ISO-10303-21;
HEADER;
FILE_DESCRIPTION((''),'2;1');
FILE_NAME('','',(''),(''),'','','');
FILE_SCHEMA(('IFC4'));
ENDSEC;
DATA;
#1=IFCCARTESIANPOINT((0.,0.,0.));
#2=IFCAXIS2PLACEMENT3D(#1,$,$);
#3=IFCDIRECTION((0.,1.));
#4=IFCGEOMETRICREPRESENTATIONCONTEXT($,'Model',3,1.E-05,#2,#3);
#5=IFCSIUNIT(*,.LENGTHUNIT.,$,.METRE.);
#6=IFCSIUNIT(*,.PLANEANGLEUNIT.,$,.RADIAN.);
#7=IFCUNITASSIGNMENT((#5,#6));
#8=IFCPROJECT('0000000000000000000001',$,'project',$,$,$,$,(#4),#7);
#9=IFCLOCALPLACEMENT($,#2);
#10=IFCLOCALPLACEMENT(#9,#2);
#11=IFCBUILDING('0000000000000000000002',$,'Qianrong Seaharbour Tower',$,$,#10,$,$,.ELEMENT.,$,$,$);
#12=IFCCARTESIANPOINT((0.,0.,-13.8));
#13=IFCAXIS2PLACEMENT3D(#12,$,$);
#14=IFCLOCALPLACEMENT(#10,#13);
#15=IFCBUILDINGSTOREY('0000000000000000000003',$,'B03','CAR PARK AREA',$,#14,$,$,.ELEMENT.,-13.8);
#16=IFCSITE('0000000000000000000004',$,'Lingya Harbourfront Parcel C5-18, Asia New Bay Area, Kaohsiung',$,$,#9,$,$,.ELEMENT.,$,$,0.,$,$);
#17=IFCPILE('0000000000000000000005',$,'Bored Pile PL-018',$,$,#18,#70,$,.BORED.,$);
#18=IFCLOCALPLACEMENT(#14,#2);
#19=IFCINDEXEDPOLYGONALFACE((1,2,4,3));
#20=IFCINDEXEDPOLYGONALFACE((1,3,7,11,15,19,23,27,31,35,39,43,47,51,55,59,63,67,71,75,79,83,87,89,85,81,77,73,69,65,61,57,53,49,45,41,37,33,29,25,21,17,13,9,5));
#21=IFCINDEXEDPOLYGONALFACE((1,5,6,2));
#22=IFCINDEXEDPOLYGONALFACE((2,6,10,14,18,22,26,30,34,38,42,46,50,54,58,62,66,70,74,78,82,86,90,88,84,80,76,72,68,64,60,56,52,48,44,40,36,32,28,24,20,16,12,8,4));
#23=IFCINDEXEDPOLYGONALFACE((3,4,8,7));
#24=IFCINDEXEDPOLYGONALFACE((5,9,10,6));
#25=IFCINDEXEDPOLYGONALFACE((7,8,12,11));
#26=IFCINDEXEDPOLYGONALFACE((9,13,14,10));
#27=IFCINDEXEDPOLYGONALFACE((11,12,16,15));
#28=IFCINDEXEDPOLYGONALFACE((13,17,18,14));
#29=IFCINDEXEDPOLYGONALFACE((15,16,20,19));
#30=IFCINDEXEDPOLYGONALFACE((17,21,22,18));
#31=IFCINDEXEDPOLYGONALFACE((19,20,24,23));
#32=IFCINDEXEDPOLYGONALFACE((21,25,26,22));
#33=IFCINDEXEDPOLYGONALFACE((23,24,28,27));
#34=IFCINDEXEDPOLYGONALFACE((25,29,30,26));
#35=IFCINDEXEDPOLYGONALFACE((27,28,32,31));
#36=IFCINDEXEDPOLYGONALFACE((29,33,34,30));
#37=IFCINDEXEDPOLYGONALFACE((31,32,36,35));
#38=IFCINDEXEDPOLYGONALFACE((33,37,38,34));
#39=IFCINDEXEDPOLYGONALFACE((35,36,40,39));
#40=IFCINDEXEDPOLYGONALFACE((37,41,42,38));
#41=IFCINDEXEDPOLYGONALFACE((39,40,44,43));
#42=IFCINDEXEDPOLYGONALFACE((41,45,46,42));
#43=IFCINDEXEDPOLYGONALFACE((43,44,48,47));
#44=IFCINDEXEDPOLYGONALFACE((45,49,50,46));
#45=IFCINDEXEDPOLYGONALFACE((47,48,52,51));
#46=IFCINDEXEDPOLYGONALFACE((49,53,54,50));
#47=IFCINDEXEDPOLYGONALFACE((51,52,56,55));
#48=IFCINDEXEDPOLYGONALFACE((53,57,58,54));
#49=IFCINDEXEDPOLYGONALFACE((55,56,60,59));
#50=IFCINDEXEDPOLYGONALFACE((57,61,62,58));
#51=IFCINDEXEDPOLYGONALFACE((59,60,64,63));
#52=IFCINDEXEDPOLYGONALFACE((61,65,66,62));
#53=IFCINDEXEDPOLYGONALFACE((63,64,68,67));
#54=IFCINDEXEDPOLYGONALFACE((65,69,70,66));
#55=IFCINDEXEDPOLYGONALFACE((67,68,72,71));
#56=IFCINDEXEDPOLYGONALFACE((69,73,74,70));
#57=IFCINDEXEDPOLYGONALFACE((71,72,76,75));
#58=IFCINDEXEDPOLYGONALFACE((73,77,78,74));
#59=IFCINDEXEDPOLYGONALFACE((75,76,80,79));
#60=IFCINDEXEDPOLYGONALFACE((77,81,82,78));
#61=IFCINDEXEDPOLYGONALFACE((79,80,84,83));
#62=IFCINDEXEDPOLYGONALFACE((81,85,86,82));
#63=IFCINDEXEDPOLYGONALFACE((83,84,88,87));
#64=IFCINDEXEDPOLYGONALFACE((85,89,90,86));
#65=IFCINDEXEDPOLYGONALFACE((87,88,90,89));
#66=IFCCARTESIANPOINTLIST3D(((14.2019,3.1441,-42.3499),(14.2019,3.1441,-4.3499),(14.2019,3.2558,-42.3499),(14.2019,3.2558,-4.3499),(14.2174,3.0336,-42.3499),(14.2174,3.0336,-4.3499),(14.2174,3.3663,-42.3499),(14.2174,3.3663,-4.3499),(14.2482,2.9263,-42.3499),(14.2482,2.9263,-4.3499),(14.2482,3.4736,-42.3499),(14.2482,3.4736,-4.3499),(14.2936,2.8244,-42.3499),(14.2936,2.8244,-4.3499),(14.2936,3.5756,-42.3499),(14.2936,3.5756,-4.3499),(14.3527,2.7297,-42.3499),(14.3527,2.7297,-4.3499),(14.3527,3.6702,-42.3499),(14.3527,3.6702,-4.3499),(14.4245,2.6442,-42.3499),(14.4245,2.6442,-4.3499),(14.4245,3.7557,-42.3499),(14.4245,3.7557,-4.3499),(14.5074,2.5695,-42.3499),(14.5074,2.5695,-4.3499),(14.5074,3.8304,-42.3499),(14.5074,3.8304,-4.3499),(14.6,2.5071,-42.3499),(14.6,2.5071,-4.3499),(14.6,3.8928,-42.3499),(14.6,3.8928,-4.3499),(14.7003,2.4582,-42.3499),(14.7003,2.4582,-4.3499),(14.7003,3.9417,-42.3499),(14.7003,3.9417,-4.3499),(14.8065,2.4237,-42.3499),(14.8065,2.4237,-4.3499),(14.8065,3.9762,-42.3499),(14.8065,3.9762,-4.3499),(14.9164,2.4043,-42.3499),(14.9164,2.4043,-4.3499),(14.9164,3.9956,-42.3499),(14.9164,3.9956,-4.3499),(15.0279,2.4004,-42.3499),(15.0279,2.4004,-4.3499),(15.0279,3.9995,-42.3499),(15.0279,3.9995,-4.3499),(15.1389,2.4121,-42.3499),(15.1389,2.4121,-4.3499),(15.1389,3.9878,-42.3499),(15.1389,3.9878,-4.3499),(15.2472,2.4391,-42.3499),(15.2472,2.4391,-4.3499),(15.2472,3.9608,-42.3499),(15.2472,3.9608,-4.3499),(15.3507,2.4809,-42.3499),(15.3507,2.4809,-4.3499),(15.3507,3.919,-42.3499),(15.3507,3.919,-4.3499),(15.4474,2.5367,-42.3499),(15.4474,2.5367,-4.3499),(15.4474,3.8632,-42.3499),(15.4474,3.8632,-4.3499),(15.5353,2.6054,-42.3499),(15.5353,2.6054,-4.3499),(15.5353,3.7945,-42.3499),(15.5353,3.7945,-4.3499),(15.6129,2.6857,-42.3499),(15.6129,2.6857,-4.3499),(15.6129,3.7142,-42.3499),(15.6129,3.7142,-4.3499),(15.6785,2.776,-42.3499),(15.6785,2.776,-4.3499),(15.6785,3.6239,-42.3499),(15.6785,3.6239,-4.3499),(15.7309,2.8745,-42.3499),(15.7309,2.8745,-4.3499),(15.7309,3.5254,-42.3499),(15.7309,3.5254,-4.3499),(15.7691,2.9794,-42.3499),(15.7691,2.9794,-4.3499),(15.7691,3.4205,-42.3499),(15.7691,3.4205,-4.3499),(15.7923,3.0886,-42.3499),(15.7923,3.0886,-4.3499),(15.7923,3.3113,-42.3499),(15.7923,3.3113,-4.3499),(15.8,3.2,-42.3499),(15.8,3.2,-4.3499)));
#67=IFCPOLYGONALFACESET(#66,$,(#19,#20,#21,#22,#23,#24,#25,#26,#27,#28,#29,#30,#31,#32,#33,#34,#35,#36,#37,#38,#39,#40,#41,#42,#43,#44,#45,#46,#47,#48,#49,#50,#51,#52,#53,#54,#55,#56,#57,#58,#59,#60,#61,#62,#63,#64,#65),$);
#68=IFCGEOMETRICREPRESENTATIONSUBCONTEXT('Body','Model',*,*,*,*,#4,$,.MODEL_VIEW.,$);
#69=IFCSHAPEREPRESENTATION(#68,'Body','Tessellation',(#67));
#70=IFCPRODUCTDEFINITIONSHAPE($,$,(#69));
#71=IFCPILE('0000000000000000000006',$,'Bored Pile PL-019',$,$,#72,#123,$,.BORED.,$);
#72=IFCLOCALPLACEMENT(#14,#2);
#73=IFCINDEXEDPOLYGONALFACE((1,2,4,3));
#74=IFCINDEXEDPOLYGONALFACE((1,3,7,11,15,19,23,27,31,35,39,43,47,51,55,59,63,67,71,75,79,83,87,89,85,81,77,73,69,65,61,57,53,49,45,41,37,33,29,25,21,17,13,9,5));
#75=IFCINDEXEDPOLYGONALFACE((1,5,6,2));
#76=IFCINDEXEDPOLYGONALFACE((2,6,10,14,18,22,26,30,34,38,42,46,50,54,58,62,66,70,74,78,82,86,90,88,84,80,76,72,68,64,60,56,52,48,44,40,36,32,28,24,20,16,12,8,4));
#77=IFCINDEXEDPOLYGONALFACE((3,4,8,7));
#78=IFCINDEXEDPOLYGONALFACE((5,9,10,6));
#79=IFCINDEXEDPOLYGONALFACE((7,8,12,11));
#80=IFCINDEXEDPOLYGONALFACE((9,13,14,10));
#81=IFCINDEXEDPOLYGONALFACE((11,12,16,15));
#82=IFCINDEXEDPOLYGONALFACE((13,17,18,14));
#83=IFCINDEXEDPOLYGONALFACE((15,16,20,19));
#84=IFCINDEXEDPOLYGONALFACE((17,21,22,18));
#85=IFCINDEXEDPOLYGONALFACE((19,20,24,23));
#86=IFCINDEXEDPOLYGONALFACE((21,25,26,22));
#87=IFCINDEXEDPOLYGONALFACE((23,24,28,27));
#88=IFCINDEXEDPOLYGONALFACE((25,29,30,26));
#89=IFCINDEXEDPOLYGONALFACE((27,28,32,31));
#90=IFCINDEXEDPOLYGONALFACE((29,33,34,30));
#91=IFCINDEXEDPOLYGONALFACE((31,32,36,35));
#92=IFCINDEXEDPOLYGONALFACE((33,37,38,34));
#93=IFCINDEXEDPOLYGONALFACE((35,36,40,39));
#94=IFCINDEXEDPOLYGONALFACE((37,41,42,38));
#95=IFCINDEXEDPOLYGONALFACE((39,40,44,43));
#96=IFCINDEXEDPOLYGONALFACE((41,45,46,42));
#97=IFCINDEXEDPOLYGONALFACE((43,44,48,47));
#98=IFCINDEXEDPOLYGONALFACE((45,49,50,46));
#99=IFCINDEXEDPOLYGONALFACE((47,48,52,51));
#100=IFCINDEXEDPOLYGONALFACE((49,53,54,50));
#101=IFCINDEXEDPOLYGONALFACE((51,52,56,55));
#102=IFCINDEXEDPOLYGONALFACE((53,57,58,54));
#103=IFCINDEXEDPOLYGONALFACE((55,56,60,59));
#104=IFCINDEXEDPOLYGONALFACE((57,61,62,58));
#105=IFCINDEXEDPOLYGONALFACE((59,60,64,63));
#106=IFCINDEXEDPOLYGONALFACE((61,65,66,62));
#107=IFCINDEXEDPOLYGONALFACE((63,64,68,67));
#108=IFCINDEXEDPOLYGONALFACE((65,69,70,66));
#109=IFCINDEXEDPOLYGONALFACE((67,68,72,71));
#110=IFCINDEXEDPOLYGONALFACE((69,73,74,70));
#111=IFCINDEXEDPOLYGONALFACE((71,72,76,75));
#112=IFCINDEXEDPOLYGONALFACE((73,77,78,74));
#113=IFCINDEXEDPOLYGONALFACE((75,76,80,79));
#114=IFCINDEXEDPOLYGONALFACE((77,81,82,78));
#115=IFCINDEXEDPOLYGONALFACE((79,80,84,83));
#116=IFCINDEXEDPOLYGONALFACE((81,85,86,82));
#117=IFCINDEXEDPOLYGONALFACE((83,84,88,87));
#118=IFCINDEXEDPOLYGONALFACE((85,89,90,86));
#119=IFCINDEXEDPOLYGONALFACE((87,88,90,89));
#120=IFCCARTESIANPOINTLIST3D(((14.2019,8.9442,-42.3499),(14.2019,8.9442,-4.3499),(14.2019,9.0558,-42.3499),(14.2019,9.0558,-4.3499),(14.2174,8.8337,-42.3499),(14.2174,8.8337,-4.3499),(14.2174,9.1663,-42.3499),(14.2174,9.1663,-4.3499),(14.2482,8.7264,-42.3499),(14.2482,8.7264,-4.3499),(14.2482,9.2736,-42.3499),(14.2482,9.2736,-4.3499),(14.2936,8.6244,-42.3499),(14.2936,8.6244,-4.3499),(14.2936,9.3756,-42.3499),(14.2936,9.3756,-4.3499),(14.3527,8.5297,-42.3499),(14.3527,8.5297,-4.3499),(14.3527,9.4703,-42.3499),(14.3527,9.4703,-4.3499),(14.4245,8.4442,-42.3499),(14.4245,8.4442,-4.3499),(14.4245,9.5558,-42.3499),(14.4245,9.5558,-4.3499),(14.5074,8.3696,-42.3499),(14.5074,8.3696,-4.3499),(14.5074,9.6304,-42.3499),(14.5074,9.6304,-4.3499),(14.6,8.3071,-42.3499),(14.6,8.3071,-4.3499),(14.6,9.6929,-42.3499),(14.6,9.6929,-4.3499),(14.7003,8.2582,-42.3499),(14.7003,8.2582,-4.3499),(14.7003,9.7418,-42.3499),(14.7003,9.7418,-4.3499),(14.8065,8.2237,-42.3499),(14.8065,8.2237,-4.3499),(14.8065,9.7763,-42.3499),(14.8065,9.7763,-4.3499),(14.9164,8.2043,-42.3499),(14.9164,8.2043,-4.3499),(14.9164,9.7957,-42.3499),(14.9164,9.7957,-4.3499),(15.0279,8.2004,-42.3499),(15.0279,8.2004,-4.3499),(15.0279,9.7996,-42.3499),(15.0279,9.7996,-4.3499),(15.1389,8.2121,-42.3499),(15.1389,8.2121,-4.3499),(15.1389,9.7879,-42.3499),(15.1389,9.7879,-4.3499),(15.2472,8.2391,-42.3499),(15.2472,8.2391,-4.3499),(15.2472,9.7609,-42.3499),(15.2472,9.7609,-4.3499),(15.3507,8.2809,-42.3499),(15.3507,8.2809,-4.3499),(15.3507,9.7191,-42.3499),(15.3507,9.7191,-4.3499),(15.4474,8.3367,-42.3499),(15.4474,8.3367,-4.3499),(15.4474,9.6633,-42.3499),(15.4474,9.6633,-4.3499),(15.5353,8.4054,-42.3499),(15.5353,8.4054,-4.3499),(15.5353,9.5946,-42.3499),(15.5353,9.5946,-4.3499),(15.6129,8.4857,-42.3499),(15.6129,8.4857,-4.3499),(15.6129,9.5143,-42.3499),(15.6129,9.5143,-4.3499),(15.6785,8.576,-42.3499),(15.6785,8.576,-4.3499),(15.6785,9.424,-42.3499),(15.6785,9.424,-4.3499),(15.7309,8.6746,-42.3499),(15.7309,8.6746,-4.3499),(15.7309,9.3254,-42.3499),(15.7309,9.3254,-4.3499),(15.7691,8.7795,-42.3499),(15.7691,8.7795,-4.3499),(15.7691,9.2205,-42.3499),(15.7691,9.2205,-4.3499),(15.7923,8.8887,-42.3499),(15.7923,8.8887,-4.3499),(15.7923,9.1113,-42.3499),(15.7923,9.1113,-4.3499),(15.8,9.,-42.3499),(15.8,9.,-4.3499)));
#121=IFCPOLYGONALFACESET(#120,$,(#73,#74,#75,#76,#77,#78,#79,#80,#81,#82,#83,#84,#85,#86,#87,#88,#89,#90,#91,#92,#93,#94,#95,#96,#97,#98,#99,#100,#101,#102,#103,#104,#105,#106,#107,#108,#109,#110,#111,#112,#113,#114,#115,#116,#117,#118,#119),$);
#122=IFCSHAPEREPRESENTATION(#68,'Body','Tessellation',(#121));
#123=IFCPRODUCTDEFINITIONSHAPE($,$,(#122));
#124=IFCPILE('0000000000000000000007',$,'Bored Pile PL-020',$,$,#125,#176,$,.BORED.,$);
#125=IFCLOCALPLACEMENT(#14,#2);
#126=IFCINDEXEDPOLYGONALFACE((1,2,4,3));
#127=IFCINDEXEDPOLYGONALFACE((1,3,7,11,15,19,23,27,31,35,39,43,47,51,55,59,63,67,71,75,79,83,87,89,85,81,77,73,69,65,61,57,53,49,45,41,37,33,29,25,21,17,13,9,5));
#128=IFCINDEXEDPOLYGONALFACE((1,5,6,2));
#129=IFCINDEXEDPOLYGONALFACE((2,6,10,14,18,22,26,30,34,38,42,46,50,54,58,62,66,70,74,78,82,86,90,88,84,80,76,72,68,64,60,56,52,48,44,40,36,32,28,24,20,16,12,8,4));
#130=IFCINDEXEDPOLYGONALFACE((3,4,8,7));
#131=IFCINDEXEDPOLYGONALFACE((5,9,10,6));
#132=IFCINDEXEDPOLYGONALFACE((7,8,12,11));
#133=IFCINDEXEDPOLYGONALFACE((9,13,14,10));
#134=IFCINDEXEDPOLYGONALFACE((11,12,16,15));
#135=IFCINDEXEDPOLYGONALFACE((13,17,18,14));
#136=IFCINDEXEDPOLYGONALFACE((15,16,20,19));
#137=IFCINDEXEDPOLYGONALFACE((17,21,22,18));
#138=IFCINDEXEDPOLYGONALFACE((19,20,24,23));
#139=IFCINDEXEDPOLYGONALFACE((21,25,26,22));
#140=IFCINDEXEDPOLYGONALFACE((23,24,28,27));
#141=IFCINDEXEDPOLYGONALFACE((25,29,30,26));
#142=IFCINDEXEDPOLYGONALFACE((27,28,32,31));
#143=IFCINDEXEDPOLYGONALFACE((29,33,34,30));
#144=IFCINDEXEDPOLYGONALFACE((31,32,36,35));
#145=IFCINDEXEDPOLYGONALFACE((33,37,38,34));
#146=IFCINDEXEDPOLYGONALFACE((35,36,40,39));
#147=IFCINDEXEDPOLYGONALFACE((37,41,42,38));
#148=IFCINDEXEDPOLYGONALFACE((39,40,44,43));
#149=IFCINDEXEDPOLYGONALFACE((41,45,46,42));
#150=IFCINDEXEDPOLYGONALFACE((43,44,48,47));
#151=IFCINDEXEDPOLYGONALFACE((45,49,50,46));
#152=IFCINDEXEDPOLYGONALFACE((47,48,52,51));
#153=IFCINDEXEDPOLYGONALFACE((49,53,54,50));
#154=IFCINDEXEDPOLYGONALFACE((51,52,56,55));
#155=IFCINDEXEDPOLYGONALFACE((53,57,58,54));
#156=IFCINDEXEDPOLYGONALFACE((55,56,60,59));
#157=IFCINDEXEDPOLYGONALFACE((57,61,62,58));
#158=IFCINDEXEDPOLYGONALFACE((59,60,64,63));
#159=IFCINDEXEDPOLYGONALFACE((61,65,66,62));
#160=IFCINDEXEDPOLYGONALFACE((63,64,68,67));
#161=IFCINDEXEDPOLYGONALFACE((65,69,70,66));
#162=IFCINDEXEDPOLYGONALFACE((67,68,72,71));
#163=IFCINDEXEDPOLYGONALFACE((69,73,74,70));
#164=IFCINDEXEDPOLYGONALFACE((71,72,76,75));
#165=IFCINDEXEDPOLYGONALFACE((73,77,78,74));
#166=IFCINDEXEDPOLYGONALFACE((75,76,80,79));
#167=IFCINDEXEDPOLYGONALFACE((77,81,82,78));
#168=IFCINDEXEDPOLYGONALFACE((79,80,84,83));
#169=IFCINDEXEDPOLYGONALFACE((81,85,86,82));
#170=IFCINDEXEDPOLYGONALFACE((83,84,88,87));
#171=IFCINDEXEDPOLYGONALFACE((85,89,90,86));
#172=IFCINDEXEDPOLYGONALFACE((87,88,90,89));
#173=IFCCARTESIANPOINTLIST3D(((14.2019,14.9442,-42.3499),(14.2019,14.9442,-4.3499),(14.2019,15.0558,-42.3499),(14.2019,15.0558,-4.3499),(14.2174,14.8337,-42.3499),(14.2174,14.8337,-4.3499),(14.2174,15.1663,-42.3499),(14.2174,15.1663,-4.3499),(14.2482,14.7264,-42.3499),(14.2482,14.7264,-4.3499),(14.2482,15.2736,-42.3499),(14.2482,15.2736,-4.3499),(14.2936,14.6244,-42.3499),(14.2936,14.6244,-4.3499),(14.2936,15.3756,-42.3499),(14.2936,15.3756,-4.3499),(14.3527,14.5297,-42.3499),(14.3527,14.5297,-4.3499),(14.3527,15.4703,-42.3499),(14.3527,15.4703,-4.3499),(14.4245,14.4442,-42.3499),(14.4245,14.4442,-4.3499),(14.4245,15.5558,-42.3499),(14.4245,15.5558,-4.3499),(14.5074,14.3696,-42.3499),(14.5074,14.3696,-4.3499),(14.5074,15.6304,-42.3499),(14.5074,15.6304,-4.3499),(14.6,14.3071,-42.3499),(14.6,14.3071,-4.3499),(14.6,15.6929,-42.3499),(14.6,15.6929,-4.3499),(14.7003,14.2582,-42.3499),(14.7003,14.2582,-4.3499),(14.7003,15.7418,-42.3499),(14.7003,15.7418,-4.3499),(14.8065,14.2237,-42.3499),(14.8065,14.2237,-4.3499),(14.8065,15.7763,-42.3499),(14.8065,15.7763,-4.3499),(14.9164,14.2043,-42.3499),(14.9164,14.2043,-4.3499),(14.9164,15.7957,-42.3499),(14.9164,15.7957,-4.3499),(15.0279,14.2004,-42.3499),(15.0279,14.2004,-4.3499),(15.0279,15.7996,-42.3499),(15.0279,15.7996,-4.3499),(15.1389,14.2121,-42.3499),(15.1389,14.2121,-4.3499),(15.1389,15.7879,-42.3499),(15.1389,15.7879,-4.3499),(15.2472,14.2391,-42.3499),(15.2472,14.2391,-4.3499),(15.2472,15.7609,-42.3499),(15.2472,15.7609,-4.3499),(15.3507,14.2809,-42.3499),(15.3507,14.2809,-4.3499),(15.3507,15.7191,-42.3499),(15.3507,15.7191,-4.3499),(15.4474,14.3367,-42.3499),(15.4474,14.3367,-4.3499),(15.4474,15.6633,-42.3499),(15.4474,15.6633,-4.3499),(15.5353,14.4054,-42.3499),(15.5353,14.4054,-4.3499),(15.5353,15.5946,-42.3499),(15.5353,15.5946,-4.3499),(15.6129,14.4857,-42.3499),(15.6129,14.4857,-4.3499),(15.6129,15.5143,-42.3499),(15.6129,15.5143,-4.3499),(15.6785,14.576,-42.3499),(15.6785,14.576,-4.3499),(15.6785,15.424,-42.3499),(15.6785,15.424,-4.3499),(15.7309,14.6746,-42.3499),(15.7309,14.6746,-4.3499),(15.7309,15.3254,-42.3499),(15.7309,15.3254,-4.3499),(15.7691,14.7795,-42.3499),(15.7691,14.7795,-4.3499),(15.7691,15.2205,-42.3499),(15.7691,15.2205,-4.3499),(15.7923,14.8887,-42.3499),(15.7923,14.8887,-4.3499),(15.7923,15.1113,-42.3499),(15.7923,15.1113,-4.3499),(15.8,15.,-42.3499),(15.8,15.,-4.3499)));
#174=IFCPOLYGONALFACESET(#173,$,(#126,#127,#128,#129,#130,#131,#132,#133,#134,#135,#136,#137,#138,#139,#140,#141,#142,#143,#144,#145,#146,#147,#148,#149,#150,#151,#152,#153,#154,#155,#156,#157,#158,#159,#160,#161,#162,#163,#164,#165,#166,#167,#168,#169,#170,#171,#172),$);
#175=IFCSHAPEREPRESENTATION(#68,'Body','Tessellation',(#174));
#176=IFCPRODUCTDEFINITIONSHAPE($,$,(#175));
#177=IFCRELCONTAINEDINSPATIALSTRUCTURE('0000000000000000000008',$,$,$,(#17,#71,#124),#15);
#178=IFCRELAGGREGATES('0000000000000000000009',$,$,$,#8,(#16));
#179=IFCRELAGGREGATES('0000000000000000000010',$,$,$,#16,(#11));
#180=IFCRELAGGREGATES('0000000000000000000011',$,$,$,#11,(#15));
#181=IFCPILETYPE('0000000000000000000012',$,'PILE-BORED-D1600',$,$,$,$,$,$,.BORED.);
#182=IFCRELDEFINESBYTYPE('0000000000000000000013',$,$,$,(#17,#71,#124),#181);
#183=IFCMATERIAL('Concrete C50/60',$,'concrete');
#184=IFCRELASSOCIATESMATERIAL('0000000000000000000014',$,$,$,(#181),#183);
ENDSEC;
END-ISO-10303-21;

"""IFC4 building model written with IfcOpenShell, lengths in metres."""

from ifc_helpers import new_model, si_unit, direction, frame, origin, origin_2d, place, context, subcontext, project, spatial, circle, extrude, material, material_profile, profile_set, type_object, element, save


model = new_model("IFC4")

# Units and contexts
model_context = context("Model", 3, precision=1e-05, world=origin(), true_north=direction((0.0, 1.0)))
body_context = subcontext(model_context, "Body", "Model", "MODEL_VIEW")
ifc_project = project(units=[si_unit("LENGTHUNIT", "METRE"), si_unit("PLANEANGLEUNIT", "RADIAN")], contexts=[model_context])

# Site, building, storey
site_placement = place(None, origin())
site = spatial("IfcSite", under=ifc_project, at=site_placement, Name="Lingya Harbourfront Parcel C5-18, Asia New Bay Area, Kaohsiung", CompositionType="ELEMENT", RefElevation=0.0)
building_placement = place(site_placement, origin())
building = spatial("IfcBuilding", under=site, at=building_placement, Name="Qianrong Seaharbour Tower", CompositionType="ELEMENT")
storey_placement = place(building_placement, frame((0.0, 0.0, -13.8)))
storey = spatial("IfcBuildingStorey", under=building, at=storey_placement, Name="B03", Description="CAR PARK AREA", CompositionType="ELEMENT", Elevation=-13.8)

# Piles
ifc_material_1 = material(Name="Concrete C50/60", Category="concrete")
ifc_material_profile_1 = material_profile(ifc_material_1, circle(Radius=0.8, at=origin_2d()), Name="PILE-D1600")
ifc_profile_set_1 = profile_set([ifc_material_profile_1], Name="Concrete C50/60")
pile_type_1 = type_object("IfcPileType", Name="PILE-BORED-D1600", PredefinedType="BORED", material=ifc_profile_set_1)
for number, where, z_axis, x_axis, name in (
    (1, (15.0, 3.2, -4.3499), (0.0, 0.0, -1.0), (1.0, 0.0, 0.0), "Bored Pile PL-018"),
    (2, (15.0, 9.0, -4.3499), (0.0, 0.0, -1.0), (1.0, 0.0, 0.0), "Bored Pile PL-019"),
    (3, (15.0, 15.0, -4.3499), (0.0, 0.0, -1.0), (1.0, 0.0, 0.0), "Bored Pile PL-020"),
):
    element("IfcPile", number, at=place(storey_placement, frame(where, z_axis=z_axis, x_axis=x_axis)), inside=storey, type_object=pile_type_1, Name=name, PredefinedType="BORED", context=body_context, shape_type="SweptSolid", body=[
        extrude(circle(Radius=0.8, at=origin_2d()), origin(), (0.0, 0.0, 1.0), 38.0),
    ])

save(model, "model.ifc")
